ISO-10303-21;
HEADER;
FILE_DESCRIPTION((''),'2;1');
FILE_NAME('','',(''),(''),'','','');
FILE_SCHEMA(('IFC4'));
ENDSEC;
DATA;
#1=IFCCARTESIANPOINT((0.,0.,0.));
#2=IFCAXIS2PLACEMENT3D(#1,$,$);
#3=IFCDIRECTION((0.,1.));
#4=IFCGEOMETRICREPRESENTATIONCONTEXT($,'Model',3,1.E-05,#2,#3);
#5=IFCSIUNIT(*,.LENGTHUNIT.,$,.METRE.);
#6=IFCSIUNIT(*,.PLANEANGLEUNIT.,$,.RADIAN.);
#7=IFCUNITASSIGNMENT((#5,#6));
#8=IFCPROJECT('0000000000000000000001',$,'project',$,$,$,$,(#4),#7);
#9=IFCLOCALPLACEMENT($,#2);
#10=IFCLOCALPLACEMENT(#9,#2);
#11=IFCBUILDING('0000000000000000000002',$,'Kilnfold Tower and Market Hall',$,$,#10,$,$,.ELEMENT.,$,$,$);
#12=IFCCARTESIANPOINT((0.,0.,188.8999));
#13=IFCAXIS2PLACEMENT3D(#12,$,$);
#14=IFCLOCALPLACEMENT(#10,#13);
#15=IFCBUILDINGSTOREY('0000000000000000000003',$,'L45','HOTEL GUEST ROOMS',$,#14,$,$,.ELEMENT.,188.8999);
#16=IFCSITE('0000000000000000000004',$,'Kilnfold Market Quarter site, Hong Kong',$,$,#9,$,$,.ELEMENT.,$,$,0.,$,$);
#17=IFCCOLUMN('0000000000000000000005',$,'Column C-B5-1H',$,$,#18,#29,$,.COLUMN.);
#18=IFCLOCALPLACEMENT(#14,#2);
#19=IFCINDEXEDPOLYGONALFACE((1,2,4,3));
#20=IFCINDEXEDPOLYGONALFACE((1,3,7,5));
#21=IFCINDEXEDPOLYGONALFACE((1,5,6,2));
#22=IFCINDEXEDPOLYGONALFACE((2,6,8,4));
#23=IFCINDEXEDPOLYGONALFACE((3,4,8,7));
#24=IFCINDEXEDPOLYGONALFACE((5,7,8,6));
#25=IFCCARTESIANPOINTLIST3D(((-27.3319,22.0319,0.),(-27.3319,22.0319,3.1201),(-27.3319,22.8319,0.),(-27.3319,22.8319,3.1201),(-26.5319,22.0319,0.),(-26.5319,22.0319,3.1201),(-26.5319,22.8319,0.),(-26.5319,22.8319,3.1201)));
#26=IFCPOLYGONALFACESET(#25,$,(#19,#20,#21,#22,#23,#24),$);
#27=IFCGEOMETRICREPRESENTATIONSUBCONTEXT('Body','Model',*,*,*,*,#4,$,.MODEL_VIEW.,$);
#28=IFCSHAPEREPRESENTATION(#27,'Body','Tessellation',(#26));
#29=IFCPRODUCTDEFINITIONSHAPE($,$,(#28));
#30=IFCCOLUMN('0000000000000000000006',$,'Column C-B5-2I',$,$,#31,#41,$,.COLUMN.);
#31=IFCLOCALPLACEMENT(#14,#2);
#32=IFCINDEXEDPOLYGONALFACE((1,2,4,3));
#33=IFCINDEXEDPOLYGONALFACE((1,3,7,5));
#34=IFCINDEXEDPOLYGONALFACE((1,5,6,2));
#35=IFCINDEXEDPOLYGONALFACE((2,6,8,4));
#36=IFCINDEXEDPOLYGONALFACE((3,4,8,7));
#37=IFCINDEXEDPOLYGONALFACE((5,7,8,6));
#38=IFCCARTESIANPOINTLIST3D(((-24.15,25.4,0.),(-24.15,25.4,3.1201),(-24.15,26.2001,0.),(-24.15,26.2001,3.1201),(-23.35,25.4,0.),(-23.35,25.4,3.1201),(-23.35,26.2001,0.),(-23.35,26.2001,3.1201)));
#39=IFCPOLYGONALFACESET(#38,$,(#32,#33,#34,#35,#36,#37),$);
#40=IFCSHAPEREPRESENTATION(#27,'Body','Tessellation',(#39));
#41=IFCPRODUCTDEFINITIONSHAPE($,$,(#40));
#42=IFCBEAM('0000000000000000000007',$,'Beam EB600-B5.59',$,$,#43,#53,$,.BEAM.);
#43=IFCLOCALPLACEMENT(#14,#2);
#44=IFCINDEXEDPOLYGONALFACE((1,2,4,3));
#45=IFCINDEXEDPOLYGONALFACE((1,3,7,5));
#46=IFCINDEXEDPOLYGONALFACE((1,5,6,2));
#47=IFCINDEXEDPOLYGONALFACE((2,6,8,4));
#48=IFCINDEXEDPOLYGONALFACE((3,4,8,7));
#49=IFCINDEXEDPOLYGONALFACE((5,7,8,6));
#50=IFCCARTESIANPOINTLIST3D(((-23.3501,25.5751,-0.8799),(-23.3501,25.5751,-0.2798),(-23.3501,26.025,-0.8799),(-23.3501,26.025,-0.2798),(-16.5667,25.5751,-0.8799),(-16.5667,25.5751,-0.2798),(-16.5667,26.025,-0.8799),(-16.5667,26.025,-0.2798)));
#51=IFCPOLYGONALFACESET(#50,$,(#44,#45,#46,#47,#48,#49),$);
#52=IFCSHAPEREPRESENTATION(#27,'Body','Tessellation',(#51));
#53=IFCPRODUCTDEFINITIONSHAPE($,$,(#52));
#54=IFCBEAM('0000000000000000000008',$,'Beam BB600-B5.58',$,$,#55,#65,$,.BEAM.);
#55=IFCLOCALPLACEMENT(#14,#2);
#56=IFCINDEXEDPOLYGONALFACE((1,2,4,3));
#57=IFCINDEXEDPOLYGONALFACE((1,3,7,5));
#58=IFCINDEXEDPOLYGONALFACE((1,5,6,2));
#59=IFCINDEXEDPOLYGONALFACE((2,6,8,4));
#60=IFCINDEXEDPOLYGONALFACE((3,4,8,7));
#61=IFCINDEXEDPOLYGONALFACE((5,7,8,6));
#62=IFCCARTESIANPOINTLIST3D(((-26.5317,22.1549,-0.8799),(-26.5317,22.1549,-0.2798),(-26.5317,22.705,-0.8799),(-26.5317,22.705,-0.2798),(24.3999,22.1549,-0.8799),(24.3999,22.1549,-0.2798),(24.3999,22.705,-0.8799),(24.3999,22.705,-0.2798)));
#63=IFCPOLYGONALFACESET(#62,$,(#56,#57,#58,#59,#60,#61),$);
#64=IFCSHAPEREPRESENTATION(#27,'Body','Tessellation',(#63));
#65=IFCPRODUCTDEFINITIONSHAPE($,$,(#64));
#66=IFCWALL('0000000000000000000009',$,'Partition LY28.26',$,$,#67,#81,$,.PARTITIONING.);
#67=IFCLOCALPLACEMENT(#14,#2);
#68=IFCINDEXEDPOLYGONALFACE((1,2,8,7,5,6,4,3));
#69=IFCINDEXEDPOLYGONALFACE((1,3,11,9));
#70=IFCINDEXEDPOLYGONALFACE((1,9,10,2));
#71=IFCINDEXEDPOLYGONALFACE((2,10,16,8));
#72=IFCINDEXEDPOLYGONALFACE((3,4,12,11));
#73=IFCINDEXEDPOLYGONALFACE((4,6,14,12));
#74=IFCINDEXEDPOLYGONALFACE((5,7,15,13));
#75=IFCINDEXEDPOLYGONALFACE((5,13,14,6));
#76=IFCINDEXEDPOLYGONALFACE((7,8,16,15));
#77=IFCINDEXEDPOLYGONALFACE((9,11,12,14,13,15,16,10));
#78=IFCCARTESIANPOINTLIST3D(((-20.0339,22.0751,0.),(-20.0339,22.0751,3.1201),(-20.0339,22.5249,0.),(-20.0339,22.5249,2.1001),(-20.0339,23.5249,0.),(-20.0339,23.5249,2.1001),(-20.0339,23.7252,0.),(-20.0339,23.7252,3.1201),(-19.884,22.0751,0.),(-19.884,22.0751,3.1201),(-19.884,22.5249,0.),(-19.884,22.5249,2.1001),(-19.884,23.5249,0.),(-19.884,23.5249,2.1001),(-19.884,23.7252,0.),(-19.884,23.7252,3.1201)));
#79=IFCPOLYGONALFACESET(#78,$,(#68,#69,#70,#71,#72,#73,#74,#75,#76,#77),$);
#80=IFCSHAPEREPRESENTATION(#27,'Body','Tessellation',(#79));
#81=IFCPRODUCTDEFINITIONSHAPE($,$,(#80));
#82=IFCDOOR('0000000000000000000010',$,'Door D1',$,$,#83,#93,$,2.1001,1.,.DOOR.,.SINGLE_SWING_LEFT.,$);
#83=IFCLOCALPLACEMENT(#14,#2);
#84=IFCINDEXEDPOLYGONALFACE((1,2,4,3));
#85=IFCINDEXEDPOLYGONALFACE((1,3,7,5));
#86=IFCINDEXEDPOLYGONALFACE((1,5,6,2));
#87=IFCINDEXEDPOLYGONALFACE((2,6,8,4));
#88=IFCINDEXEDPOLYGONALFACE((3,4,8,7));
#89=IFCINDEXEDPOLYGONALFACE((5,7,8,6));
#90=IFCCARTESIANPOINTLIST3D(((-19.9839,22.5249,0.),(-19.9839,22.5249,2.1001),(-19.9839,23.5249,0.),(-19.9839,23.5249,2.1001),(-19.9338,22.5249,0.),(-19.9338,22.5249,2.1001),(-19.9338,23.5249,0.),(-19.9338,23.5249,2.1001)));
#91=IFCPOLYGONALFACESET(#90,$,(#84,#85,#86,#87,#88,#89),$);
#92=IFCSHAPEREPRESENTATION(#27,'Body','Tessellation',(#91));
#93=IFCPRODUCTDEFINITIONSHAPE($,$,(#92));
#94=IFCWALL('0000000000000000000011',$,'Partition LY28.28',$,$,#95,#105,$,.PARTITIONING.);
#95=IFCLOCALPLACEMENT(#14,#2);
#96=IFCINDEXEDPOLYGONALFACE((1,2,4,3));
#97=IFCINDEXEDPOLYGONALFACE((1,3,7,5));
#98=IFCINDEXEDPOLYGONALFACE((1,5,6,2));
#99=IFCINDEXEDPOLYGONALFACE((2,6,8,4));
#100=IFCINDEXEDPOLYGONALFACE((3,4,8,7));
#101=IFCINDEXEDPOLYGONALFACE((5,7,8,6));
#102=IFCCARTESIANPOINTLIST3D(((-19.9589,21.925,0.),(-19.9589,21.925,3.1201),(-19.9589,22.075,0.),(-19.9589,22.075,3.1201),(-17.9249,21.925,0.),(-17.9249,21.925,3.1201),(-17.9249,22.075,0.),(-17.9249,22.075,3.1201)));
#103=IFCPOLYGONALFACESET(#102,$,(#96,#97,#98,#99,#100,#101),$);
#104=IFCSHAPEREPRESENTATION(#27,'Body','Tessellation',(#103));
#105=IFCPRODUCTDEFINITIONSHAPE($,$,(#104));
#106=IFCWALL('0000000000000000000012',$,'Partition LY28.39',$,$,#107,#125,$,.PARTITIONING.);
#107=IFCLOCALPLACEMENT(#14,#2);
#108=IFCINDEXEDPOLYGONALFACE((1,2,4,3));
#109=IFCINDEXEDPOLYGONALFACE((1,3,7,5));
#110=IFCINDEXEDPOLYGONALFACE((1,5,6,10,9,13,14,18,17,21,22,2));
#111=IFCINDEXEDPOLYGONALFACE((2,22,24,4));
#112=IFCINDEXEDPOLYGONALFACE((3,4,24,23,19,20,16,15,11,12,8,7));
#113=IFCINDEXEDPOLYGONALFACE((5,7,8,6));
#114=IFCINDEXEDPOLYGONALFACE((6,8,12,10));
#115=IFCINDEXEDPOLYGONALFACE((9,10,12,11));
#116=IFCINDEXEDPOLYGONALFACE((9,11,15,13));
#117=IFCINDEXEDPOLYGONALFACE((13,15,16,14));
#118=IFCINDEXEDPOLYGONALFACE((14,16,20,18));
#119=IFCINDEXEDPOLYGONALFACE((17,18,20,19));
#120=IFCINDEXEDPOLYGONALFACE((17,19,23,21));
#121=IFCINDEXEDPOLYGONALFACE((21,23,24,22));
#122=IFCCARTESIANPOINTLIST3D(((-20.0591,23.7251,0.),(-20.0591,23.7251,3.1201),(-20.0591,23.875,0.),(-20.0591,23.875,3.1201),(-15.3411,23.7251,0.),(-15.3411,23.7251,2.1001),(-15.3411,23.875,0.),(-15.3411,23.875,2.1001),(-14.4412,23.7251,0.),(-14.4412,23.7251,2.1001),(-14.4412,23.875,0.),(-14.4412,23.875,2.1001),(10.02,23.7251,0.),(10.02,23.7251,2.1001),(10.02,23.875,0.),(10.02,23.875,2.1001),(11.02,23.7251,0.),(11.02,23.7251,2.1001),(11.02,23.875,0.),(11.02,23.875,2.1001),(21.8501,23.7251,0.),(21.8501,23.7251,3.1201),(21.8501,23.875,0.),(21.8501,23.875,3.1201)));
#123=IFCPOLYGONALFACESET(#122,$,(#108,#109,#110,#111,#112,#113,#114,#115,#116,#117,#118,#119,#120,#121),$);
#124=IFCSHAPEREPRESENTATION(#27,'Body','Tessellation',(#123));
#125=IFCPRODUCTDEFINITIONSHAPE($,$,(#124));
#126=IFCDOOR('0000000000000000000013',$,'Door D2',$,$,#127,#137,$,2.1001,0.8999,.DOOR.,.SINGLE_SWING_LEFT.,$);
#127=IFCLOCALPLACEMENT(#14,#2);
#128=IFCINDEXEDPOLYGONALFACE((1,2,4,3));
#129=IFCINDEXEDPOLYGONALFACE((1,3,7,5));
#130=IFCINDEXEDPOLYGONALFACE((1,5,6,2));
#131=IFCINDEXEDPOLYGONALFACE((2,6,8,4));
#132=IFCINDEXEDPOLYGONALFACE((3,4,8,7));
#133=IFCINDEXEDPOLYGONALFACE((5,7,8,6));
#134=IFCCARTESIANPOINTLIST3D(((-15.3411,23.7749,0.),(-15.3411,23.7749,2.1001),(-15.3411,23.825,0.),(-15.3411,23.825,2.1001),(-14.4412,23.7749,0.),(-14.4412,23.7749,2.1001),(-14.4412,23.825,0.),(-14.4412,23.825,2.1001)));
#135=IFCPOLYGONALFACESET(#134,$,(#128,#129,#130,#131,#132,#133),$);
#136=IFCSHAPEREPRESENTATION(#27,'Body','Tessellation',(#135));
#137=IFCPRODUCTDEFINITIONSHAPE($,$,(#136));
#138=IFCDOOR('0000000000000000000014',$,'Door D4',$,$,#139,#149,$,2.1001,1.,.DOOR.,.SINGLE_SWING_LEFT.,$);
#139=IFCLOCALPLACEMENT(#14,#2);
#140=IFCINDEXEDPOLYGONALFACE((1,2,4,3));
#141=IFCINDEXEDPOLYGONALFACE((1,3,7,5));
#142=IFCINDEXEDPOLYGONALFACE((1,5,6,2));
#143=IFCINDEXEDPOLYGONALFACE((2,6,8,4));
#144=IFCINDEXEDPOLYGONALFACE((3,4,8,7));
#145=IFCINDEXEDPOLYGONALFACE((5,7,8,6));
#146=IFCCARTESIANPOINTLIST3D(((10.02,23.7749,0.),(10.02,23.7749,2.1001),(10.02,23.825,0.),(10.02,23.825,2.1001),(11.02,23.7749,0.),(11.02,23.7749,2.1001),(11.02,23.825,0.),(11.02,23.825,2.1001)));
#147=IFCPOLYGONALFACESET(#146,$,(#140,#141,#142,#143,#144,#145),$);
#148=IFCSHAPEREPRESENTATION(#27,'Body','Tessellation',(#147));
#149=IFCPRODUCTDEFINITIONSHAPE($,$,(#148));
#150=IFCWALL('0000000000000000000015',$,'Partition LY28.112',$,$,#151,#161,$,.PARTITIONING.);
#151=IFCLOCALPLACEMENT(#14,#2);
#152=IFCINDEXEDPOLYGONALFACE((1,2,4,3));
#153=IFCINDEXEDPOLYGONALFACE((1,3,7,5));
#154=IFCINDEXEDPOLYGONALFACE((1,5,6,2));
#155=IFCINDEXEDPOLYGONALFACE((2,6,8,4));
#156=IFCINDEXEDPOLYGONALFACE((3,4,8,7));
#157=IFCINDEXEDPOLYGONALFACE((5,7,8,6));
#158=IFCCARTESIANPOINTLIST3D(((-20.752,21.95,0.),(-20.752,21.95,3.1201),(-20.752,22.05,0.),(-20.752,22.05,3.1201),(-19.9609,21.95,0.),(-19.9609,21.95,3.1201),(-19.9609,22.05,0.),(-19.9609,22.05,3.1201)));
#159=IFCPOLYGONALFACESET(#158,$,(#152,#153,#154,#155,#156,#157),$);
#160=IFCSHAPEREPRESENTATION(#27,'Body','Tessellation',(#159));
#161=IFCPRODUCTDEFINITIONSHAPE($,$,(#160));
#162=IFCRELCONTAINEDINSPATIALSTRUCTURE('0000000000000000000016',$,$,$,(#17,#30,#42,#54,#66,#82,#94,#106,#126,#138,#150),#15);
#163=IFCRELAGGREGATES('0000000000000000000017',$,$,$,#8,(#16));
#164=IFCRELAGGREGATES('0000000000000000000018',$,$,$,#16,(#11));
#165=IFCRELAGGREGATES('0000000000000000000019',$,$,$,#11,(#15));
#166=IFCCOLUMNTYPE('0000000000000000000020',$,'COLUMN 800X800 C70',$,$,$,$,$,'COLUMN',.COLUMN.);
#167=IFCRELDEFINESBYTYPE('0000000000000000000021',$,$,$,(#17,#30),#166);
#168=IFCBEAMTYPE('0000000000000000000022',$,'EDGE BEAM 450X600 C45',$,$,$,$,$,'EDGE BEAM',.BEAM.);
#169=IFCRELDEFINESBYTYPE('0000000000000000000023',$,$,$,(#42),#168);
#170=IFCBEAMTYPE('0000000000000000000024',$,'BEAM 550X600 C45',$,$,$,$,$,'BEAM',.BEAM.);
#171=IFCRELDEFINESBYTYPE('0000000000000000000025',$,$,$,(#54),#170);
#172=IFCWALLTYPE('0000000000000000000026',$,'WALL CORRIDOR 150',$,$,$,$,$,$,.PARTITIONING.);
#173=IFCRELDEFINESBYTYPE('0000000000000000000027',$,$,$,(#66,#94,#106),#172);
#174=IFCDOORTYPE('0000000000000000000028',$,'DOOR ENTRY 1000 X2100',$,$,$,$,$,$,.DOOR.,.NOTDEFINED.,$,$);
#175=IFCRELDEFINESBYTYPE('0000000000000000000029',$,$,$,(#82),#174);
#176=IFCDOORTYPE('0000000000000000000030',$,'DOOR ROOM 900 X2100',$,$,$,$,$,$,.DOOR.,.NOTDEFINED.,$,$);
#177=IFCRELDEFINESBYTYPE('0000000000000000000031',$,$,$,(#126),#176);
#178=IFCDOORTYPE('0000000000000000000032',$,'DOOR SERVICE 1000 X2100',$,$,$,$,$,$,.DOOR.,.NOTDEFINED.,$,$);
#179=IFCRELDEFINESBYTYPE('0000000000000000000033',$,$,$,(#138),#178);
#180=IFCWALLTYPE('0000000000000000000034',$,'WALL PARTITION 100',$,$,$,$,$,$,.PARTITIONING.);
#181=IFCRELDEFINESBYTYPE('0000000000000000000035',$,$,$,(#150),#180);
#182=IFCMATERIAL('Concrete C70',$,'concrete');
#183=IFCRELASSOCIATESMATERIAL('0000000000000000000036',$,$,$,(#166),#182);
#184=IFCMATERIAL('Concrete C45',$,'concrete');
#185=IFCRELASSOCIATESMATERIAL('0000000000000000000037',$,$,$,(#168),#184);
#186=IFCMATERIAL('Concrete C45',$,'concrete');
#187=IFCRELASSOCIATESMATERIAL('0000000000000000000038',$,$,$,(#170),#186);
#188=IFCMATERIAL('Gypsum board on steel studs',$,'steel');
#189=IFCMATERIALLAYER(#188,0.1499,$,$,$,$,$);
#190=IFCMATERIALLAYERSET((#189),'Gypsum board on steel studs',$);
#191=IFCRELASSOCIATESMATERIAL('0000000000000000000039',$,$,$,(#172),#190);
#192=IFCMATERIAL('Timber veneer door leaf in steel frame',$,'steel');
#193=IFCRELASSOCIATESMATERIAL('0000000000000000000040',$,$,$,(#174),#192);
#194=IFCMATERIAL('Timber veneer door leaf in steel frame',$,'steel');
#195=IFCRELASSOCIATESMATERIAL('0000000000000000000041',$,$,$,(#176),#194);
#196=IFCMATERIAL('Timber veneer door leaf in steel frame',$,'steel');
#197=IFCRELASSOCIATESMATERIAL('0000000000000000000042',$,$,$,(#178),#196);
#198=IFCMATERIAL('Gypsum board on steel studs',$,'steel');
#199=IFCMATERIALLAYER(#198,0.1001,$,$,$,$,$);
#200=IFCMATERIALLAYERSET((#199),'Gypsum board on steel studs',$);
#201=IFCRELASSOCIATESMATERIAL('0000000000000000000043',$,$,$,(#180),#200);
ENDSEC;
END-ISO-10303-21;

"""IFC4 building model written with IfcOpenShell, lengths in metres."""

from ifc_helpers import new_model, si_unit, direction, frame, frame_2d, origin, origin_2d, place, context, subcontext, project, spatial, rectangle, extrude, source, transform, mapped, material, layer, layer_set, material_profile, profile_set, type_object, element, fill, save


model = new_model("IFC4")

# Units and contexts
model_context = context("Model", 3, precision=1e-05, world=origin(), true_north=direction((0.0, 1.0)))
body_context = subcontext(model_context, "Body", "Model", "MODEL_VIEW")
ifc_project = project(units=[si_unit("LENGTHUNIT", "METRE"), si_unit("PLANEANGLEUNIT", "RADIAN")], contexts=[model_context])

# Site, building, storey
site_placement = place(None, origin())
site = spatial("IfcSite", under=ifc_project, at=site_placement, Name="Kilnfold Market Quarter site, Hong Kong", CompositionType="ELEMENT", RefElevation=0.0)
building_placement = place(site_placement, origin())
building = spatial("IfcBuilding", under=site, at=building_placement, Name="Kilnfold Tower and Market Hall", CompositionType="ELEMENT")
storey_placement = place(building_placement, frame((0.0, 0.0, 188.8999)))
storey = spatial("IfcBuildingStorey", under=building, at=storey_placement, Name="L45", Description="HOTEL GUEST ROOMS", CompositionType="ELEMENT", Elevation=188.8999)

# Columns
ifc_material_1 = material(Name="Concrete C70", Category="concrete")
ifc_material_profile_1 = material_profile(ifc_material_1, rectangle(XDim=0.8, YDim=0.8, at=origin_2d()), Name="RC 800x800")
ifc_profile_set_1 = profile_set([ifc_material_profile_1], Name="Concrete C70")
column_type = type_object("IfcColumnType", Name="COLUMN 800X800 C70", ElementType="COLUMN", PredefinedType="COLUMN", material=ifc_profile_set_1)
shared_shape_1 = source(origin(), body_context, "Body", "SweptSolid", [
    extrude(rectangle(XDim=0.8, YDim=0.8, at=origin_2d()), origin(), (0.0, 0.0, 1.0), 3.1201),
])
for number, where, z_axis, x_axis, name in (
    (1, (-26.9319, 22.4319, 0.0), (0.0, 0.0, 1.0), (1.0, 0.0, 0.0), "Column C-B5-1H"),
    (2, (-23.75, 25.8, 0.0), (0.0, 0.0, 1.0), (1.0, 0.0, 0.0), "Column C-B5-2I"),
):
    element("IfcColumn", number, at=place(storey_placement, frame(where, z_axis=z_axis, x_axis=x_axis)), inside=storey, type_object=column_type, Name=name, PredefinedType="COLUMN", context=body_context, shape_type="MappedRepresentation", body=[
        mapped(shared_shape_1, transform((0.0, 0.0, 0.0))),
    ])

# Beams
ifc_material_2 = material(Name="Concrete C45", Category="concrete")
ifc_material_profile_2 = material_profile(ifc_material_2, rectangle(XDim=0.45, YDim=0.6001, at=origin_2d()), Name="RC 450x600")
ifc_profile_set_2 = profile_set([ifc_material_profile_2], Name="Concrete C45")
beam_type_1 = type_object("IfcBeamType", Name="EDGE BEAM 450X600 C45", ElementType="EDGE BEAM", PredefinedType="BEAM", material=ifc_profile_set_2)
shared_shape_2 = source(origin(), body_context, "Body", "SweptSolid", [
    extrude(rectangle(XDim=0.45, YDim=0.6001, at=origin_2d()), origin(), (0.0, 0.0, 1.0), 6.7834),
])
beam_1_placement = place(storey_placement, frame((-23.3501, 25.8, -0.5798), z_axis=(1.0, 0.0, 0.0), x_axis=(0.0, 1.0, 0.0)))
element("IfcBeam", 3, at=beam_1_placement, inside=storey, type_object=beam_type_1, Name="Beam EB600-B5.59", PredefinedType="BEAM", context=body_context, shape_type="MappedRepresentation", body=[
    mapped(shared_shape_2, transform((0.0, 0.0, 0.0))),
])
ifc_material_3 = material(Name="Concrete C45", Category="concrete")
ifc_material_profile_3 = material_profile(ifc_material_3, rectangle(XDim=0.55, YDim=0.6001, at=origin_2d()), Name="RC 550x600")
ifc_profile_set_3 = profile_set([ifc_material_profile_3], Name="Concrete C45")
beam_type_2 = type_object("IfcBeamType", Name="BEAM 550X600 C45", ElementType="BEAM", PredefinedType="BEAM", material=ifc_profile_set_3)
shared_shape_3 = source(origin(), body_context, "Body", "SweptSolid", [
    extrude(rectangle(XDim=0.55, YDim=0.6001, at=origin_2d()), origin(), (0.0, 0.0, 1.0), 50.9316),
])
beam_2_placement = place(storey_placement, frame((-26.5317, 22.4299, -0.5798), z_axis=(1.0, 0.0, 0.0), x_axis=(0.0, 1.0, 0.0)))
element("IfcBeam", 4, at=beam_2_placement, inside=storey, type_object=beam_type_2, Name="Beam BB600-B5.58", PredefinedType="BEAM", context=body_context, shape_type="MappedRepresentation", body=[
    mapped(shared_shape_3, transform((0.0, 0.0, 0.0))),
])

# Wall, opening, door
ifc_material_4 = material(Name="Gypsum board on steel studs", Category="steel")
ifc_layer_1 = layer(ifc_material_4, 0.1499)
ifc_layer_set_1 = layer_set([ifc_layer_1], Name="Gypsum board on steel studs")
wall_type_1 = type_object("IfcWallType", Name="WALL CORRIDOR 150", PredefinedType="PARTITIONING", material=ifc_layer_set_1)
wall_1_placement = place(storey_placement, frame((-19.959, 22.075, 0.0), z_axis=(0.0, 0.0, 1.0), x_axis=(0.0, 1.0, 0.0)))
wall_1 = element("IfcWall", 5, at=wall_1_placement, inside=storey, type_object=wall_type_1, Name="Partition LY28.26", PredefinedType="PARTITIONING", context=body_context, shape_type="SweptSolid", body=[
    extrude(rectangle(XDim=1.6501, YDim=0.1499, at=frame_2d((0.8252, 0.0))), origin(), (0.0, 0.0, 1.0), 3.1201),
])
opening_1_placement = place(wall_1_placement, frame((0.45, 0.0, 0.0)))
opening_1 = element("IfcOpeningElement", 6, at=opening_1_placement, cuts=wall_1, PredefinedType="OPENING", context=body_context, shape_type="SweptSolid", body=[
    extrude(rectangle(XDim=1.0, YDim=2.1001, at=frame_2d((0.5, 1.05))), frame((0.0, 0.085, 0.0), z_axis=(0.0, -1.0, 0.0), x_axis=(1.0, 0.0, 0.0)), (0.0, 0.0, 1.0), 0.1699),
])
ifc_material_5 = material(Name="Timber veneer door leaf in steel frame", Category="steel")
door_type_1 = type_object("IfcDoorType", Name="DOOR ENTRY 1000 X2100", OperationType="NOTDEFINED", PredefinedType="DOOR", material=ifc_material_5)
door_1_placement = place(opening_1_placement, origin())
door_1 = element("IfcDoor", 7, at=door_1_placement, inside=storey, type_object=door_type_1, Name="Door D1", OperationType="SINGLE_SWING_LEFT", OverallHeight=2.1001, OverallWidth=1.0, PredefinedType="DOOR", context=body_context, shape_type="SweptSolid", body=[
    extrude(rectangle(XDim=1.0, YDim=2.1001, at=frame_2d((0.5, 1.05))), frame((0.0, 0.0249, 0.0), z_axis=(0.0, -1.0, 0.0), x_axis=(1.0, 0.0, 0.0)), (0.0, 0.0, 1.0), 0.05),
])
fill(opening_1, door_1)

# Wall
wall_2_placement = place(storey_placement, frame((-19.959, 22.0, 0.0), z_axis=(0.0, 0.0, 1.0), x_axis=(1.0, 0.0, 0.0)))
element("IfcWall", 8, at=wall_2_placement, inside=storey, type_object=wall_type_1, Name="Partition LY28.28", PredefinedType="PARTITIONING", context=body_context, shape_type="SweptSolid", body=[
    extrude(rectangle(XDim=2.0339, YDim=0.1499, at=frame_2d((1.0171, 0.0))), origin(), (0.0, 0.0, 1.0), 3.1201),
])

# Wall, openings, doors
wall_3_placement = place(storey_placement, frame((-20.0591, 23.8, 0.0), z_axis=(0.0, 0.0, 1.0), x_axis=(1.0, 0.0, 0.0)))
wall_3 = element("IfcWall", 9, at=wall_3_placement, inside=storey, type_object=wall_type_1, Name="Partition LY28.39", PredefinedType="PARTITIONING", context=body_context, shape_type="SweptSolid", body=[
    extrude(rectangle(XDim=41.9092, YDim=0.1499, at=frame_2d((20.9546, 0.0))), origin(), (0.0, 0.0, 1.0), 3.1201),
])
opening_2_placement = place(wall_3_placement, frame((4.718, 0.0, 0.0)))
opening_2 = element("IfcOpeningElement", 10, at=opening_2_placement, cuts=wall_3, PredefinedType="OPENING", context=body_context, shape_type="SweptSolid", body=[
    extrude(rectangle(XDim=0.8999, YDim=2.1001, at=frame_2d((0.45, 1.05))), frame((0.0, 0.085, 0.0), z_axis=(0.0, -1.0, 0.0), x_axis=(1.0, 0.0, 0.0)), (0.0, 0.0, 1.0), 0.1699),
])
opening_3_placement = place(wall_3_placement, frame((30.0791, 0.0, 0.0)))
opening_3 = element("IfcOpeningElement", 11, at=opening_3_placement, cuts=wall_3, PredefinedType="OPENING", context=body_context, shape_type="SweptSolid", body=[
    extrude(rectangle(XDim=1.0, YDim=2.1001, at=frame_2d((0.5, 1.05))), frame((0.0, 0.085, 0.0), z_axis=(0.0, -1.0, 0.0), x_axis=(1.0, 0.0, 0.0)), (0.0, 0.0, 1.0), 0.1699),
])
ifc_material_6 = material(Name="Timber veneer door leaf in steel frame", Category="steel")
door_type_2 = type_object("IfcDoorType", Name="DOOR ROOM 900 X2100", OperationType="NOTDEFINED", PredefinedType="DOOR", material=ifc_material_6)
door_2_placement = place(opening_2_placement, origin())
door_2 = element("IfcDoor", 12, at=door_2_placement, inside=storey, type_object=door_type_2, Name="Door D2", OperationType="SINGLE_SWING_LEFT", OverallHeight=2.1001, OverallWidth=0.8999, PredefinedType="DOOR", context=body_context, shape_type="SweptSolid", body=[
    extrude(rectangle(XDim=0.8999, YDim=2.1001, at=frame_2d((0.45, 1.05))), frame((0.0, 0.0249, 0.0), z_axis=(0.0, -1.0, 0.0), x_axis=(1.0, 0.0, 0.0)), (0.0, 0.0, 1.0), 0.05),
])
fill(opening_2, door_2)
ifc_material_7 = material(Name="Timber veneer door leaf in steel frame", Category="steel")
door_type_3 = type_object("IfcDoorType", Name="DOOR SERVICE 1000 X2100", OperationType="NOTDEFINED", PredefinedType="DOOR", material=ifc_material_7)
door_3_placement = place(opening_3_placement, origin())
door_3 = element("IfcDoor", 13, at=door_3_placement, inside=storey, type_object=door_type_3, Name="Door D4", OperationType="SINGLE_SWING_LEFT", OverallHeight=2.1001, OverallWidth=1.0, PredefinedType="DOOR", context=body_context, shape_type="SweptSolid", body=[
    extrude(rectangle(XDim=1.0, YDim=2.1001, at=frame_2d((0.5, 1.05))), frame((0.0, 0.0249, 0.0), z_axis=(0.0, -1.0, 0.0), x_axis=(1.0, 0.0, 0.0)), (0.0, 0.0, 1.0), 0.05),
])
fill(opening_3, door_3)

# Wall
ifc_material_8 = material(Name="Gypsum board on steel studs", Category="steel")
ifc_layer_2 = layer(ifc_material_8, 0.1001)
ifc_layer_set_2 = layer_set([ifc_layer_2], Name="Gypsum board on steel studs")
wall_type_2 = type_object("IfcWallType", Name="WALL PARTITION 100", PredefinedType="PARTITIONING", material=ifc_layer_set_2)
wall_4_placement = place(storey_placement, frame((-20.752, 22.0, 0.0), z_axis=(0.0, 0.0, 1.0), x_axis=(1.0, 0.0, 0.0)))
element("IfcWall", 14, at=wall_4_placement, inside=storey, type_object=wall_type_2, Name="Partition LY28.112", PredefinedType="PARTITIONING", context=body_context, shape_type="SweptSolid", body=[
    extrude(rectangle(XDim=0.791, YDim=0.1001, at=frame_2d((0.3955, 0.0))), origin(), (0.0, 0.0, 1.0), 3.1201),
])

save(model, "model.ifc")
